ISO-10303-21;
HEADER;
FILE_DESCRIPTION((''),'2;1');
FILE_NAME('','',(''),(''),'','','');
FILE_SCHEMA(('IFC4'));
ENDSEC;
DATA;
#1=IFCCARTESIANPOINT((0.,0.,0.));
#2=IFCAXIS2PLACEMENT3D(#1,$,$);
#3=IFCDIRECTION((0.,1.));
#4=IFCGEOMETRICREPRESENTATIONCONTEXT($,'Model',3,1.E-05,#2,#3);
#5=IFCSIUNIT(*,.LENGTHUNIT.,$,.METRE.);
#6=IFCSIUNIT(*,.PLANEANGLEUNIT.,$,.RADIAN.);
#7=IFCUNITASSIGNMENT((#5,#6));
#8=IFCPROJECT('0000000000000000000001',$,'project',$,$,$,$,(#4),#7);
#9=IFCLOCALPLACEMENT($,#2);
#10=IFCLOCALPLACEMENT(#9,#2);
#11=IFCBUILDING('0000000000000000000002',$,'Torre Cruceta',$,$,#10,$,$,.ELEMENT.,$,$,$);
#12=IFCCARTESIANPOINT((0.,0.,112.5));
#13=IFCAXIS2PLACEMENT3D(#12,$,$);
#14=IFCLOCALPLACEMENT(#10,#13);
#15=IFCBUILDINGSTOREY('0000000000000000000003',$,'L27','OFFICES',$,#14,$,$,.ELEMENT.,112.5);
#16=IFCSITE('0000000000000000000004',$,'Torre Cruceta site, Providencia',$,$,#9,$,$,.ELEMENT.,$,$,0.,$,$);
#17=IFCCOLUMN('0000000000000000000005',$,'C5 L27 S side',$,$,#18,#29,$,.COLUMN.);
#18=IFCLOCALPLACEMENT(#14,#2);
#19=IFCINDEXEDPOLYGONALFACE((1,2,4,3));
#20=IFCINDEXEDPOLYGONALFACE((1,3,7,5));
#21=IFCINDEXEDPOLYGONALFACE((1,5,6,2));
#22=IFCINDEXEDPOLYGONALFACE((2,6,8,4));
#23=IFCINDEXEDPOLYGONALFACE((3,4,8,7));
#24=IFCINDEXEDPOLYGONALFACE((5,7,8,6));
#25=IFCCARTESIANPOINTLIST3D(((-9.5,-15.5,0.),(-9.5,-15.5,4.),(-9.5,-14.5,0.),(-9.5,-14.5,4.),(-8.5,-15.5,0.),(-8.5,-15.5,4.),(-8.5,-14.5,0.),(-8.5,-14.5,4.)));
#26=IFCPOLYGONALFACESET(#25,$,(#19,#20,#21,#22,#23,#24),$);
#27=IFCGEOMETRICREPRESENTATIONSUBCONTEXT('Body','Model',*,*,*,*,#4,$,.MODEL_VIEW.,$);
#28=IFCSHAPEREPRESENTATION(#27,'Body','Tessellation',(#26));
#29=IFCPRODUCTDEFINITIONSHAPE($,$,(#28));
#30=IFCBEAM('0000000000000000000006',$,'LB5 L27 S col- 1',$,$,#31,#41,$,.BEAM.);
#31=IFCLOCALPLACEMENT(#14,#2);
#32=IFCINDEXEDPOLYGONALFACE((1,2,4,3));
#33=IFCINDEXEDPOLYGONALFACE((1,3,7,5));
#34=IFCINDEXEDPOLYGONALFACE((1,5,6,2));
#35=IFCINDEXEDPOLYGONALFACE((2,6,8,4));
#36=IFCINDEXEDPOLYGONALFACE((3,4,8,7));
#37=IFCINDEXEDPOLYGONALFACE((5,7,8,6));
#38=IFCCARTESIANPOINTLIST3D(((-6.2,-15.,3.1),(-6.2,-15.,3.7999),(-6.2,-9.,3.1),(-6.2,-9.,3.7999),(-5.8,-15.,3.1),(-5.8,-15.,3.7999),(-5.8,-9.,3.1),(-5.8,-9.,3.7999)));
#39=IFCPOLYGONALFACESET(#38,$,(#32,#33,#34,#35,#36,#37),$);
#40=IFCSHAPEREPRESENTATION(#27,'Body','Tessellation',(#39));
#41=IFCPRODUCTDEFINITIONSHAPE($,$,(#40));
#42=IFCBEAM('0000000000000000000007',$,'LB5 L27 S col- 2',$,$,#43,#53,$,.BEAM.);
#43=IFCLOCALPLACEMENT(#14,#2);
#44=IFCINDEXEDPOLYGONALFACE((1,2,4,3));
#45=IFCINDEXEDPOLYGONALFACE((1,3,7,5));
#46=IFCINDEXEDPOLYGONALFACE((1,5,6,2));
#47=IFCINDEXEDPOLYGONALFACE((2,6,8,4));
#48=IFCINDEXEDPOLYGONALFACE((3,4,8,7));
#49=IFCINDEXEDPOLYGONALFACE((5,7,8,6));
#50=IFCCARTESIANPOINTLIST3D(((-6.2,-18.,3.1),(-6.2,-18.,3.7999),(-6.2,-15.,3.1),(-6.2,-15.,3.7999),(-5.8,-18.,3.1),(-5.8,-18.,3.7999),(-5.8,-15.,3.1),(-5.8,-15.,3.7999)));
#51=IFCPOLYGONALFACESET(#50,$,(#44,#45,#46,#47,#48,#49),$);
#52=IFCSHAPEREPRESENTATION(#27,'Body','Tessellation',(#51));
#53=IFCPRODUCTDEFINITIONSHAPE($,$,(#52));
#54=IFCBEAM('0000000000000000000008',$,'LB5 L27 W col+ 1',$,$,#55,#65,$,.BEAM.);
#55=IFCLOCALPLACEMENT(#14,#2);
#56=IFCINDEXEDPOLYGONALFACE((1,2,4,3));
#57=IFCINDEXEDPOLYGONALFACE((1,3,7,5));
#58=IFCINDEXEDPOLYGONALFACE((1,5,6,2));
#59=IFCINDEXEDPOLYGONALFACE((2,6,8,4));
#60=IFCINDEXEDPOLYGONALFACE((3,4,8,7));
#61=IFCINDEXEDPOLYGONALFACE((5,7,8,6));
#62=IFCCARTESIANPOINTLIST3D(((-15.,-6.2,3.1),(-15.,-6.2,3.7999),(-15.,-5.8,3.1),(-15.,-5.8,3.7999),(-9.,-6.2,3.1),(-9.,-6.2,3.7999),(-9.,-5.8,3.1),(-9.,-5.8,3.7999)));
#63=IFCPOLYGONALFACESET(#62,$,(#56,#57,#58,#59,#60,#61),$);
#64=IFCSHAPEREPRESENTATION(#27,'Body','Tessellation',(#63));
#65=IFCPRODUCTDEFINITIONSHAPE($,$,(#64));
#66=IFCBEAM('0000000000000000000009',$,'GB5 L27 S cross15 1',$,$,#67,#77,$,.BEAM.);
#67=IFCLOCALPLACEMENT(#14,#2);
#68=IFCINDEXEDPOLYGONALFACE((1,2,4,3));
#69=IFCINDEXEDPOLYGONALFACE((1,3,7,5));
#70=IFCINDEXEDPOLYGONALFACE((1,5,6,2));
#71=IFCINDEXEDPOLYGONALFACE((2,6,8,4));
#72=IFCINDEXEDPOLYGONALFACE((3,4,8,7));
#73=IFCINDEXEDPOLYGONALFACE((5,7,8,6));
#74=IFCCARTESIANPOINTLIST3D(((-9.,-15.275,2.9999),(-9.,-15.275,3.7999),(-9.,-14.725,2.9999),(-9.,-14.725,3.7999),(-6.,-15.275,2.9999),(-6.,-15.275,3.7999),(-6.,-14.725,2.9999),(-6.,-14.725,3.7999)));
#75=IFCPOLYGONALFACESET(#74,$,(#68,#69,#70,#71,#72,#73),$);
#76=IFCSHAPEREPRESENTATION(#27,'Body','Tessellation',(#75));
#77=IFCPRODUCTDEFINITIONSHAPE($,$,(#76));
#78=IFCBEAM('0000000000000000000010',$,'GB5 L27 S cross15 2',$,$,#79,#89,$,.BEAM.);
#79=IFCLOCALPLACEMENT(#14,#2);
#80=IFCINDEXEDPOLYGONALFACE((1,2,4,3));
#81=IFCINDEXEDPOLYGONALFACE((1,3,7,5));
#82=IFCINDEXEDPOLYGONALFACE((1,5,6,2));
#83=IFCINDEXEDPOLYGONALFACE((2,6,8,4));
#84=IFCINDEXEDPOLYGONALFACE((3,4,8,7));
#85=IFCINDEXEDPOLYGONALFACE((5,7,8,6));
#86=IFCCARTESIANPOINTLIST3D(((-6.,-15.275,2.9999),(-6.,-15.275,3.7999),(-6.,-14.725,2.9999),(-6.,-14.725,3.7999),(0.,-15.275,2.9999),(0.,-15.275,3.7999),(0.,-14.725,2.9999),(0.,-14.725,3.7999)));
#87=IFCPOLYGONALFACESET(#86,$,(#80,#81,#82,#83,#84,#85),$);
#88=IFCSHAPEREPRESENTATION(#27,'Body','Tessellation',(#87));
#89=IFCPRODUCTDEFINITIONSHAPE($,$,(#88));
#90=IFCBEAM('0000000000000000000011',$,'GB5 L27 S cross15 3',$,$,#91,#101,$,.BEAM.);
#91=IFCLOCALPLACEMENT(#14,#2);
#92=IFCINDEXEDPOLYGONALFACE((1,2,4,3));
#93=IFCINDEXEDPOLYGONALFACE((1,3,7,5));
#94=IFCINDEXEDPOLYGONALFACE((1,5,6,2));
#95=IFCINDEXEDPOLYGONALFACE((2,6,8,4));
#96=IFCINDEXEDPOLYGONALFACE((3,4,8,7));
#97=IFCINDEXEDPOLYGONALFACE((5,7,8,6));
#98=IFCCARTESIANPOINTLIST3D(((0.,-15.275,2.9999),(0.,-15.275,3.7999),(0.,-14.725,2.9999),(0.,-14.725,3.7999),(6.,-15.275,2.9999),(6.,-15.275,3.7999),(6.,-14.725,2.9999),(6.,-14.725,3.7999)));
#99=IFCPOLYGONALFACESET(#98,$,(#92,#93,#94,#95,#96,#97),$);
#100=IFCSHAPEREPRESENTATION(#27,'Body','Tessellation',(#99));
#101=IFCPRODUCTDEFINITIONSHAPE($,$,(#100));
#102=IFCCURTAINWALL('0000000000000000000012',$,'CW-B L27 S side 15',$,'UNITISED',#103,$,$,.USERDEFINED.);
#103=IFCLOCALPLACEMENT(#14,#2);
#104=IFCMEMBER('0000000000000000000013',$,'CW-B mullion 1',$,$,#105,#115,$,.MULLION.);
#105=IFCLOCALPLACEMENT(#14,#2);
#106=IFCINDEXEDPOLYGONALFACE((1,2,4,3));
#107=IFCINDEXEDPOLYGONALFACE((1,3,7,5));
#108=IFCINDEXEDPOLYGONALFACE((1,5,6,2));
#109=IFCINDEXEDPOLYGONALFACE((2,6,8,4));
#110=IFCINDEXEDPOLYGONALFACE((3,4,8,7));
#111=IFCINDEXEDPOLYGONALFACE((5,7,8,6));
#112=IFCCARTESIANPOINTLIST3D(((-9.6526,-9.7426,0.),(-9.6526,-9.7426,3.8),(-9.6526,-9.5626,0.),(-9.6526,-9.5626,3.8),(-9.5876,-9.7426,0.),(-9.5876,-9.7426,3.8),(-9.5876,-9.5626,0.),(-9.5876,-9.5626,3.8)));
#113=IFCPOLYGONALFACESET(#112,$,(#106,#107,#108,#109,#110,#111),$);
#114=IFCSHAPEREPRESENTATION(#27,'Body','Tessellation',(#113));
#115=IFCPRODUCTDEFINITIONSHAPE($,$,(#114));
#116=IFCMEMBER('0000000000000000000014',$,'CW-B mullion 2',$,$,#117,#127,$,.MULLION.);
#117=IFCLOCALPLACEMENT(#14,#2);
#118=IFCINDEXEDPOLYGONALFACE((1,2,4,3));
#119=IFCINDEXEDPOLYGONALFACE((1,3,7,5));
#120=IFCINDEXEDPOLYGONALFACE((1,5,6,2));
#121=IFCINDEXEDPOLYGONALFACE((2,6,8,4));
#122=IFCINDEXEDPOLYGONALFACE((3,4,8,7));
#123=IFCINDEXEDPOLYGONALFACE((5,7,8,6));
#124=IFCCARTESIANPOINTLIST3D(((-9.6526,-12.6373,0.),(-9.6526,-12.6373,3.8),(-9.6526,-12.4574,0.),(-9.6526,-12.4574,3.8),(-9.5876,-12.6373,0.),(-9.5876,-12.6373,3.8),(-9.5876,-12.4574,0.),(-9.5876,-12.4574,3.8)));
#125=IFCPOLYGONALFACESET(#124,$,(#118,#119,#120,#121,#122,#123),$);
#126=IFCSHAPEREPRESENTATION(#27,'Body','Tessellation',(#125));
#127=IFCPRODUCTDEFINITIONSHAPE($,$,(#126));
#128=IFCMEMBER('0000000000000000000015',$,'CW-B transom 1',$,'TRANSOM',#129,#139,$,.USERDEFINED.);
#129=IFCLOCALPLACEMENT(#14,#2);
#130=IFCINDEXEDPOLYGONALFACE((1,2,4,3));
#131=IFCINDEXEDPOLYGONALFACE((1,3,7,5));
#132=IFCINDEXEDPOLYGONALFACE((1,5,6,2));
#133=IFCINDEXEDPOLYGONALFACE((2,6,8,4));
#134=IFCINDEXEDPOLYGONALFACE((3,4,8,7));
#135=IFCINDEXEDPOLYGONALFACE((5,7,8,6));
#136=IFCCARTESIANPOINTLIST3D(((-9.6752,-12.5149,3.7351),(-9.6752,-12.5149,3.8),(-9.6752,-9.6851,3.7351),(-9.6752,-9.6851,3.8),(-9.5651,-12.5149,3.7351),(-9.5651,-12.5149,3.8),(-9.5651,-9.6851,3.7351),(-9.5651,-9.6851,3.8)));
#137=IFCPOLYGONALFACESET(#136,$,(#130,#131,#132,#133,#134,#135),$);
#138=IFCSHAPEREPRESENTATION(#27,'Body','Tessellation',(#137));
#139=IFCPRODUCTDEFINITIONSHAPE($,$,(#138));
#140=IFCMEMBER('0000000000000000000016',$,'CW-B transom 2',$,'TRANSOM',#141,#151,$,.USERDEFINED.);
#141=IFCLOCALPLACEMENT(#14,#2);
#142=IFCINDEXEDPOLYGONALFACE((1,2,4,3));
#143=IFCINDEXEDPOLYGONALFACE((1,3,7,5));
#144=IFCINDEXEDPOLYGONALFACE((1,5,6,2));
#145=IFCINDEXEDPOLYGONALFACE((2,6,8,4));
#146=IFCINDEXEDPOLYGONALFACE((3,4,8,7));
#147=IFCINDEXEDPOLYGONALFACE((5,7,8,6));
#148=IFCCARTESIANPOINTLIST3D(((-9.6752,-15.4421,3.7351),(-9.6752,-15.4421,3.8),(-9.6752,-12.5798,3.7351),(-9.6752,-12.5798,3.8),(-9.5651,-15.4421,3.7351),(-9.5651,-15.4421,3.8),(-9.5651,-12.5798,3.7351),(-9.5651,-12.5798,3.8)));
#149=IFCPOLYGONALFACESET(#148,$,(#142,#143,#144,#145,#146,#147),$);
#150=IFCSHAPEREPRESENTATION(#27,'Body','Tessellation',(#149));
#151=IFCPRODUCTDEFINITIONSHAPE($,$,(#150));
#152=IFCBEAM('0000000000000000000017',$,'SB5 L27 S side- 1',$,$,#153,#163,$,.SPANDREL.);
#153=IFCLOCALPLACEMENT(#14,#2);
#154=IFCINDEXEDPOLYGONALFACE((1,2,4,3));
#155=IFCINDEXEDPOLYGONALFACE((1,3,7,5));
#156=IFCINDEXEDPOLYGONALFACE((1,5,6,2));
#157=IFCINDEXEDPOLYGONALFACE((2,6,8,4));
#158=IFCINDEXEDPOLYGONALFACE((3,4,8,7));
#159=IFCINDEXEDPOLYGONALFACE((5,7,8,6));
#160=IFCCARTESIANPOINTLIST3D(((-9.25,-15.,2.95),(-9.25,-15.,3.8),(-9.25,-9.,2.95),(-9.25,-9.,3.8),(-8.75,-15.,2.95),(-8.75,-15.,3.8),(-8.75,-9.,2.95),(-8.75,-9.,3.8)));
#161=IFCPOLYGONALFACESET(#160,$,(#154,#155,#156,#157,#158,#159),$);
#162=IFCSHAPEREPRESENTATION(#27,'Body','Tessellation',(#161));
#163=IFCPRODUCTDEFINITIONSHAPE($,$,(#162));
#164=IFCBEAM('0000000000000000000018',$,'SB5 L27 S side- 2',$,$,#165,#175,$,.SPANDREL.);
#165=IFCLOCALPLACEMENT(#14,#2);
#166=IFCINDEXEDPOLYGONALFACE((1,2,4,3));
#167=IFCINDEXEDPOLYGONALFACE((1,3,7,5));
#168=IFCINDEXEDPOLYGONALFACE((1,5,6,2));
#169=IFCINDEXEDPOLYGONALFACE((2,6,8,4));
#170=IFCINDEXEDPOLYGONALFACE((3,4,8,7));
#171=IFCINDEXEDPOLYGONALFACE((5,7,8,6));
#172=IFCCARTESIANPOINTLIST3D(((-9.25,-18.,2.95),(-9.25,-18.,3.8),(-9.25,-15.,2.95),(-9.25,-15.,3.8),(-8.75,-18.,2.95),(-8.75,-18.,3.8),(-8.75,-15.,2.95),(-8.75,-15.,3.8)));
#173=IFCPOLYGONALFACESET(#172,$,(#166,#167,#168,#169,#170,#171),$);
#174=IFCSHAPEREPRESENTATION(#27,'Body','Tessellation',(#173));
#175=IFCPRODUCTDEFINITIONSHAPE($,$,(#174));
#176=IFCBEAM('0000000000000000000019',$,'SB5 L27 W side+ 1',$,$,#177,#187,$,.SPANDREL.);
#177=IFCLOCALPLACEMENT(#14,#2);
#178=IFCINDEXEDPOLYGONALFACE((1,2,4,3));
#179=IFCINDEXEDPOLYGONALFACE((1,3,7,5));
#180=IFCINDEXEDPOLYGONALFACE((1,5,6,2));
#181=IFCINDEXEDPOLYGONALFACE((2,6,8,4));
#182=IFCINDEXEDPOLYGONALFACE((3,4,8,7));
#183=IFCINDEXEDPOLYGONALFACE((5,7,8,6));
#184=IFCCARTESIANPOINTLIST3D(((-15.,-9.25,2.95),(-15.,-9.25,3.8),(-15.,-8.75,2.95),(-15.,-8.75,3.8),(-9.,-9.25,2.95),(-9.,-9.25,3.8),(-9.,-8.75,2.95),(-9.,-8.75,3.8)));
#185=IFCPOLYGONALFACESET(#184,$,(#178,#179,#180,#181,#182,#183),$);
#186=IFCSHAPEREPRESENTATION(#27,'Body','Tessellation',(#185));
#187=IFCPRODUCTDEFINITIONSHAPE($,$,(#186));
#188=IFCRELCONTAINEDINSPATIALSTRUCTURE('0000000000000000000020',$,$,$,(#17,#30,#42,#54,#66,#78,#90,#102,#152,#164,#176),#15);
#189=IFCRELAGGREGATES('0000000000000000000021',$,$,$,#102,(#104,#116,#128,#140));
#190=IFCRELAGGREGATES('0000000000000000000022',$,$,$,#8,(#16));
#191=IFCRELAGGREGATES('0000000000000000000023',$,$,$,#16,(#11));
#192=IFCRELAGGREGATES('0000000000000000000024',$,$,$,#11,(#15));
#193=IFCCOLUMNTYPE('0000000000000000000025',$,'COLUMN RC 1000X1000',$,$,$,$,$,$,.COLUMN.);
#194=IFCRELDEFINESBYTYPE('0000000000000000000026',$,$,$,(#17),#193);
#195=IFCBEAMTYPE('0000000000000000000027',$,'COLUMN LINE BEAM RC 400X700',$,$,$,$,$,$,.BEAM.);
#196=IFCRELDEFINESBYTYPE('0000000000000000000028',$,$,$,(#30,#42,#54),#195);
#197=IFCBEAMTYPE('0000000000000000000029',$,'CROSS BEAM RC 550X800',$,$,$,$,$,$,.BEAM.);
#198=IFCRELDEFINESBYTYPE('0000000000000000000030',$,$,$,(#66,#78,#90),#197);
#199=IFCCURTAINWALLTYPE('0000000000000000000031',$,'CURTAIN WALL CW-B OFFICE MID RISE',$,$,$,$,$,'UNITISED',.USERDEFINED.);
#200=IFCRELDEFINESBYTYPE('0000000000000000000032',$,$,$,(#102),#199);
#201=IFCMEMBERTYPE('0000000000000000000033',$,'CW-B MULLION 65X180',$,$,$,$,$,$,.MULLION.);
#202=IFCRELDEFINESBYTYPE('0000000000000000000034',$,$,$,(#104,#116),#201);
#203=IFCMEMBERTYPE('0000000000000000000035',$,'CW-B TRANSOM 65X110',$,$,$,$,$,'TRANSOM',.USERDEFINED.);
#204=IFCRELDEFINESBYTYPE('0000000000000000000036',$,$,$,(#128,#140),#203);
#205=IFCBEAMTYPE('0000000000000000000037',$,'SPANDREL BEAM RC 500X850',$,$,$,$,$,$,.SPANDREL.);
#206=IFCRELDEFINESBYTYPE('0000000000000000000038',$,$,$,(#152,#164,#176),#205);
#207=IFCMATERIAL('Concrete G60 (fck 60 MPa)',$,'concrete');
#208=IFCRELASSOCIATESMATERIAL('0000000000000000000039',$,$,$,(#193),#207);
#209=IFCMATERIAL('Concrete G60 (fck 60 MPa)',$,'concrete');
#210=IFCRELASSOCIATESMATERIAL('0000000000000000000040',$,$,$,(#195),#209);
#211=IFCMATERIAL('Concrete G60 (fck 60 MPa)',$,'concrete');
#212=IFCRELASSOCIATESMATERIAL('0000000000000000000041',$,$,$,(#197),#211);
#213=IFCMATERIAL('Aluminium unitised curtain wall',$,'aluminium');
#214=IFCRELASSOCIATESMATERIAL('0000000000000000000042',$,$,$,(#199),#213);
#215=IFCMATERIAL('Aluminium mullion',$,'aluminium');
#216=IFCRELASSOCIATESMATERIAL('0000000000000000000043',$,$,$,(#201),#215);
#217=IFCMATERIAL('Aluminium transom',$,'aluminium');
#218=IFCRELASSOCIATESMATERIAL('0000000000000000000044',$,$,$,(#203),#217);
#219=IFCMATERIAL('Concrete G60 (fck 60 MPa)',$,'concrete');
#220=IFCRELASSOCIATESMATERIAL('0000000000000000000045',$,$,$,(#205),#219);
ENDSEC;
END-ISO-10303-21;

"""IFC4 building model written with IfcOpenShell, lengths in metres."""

from ifc_helpers import new_model, si_unit, direction, frame, origin, origin_2d, place, context, subcontext, project, spatial, rectangle, extrude, material, material_profile, profile_set, type_object, element, aggregate, save


model = new_model("IFC4")

# Units and contexts
model_context = context("Model", 3, precision=1e-05, world=origin(), true_north=direction((0.0, 1.0)))
body_context = subcontext(model_context, "Body", "Model", "MODEL_VIEW")
ifc_project = project(units=[si_unit("LENGTHUNIT", "METRE"), si_unit("PLANEANGLEUNIT", "RADIAN")], contexts=[model_context])

# Site, building, storey
site_placement = place(None, origin())
site = spatial("IfcSite", under=ifc_project, at=site_placement, Name="Torre Cruceta site, Providencia", CompositionType="ELEMENT", RefElevation=0.0)
building_placement = place(site_placement, origin())
building = spatial("IfcBuilding", under=site, at=building_placement, Name="Torre Cruceta", CompositionType="ELEMENT")
storey_placement = place(building_placement, frame((0.0, 0.0, 112.5)))
storey = spatial("IfcBuildingStorey", under=building, at=storey_placement, Name="L27", Description="OFFICES", CompositionType="ELEMENT", Elevation=112.5)

# Column
ifc_material_1 = material(Name="Concrete G60 (fck 60 MPa)", Category="concrete")
ifc_material_profile_1 = material_profile(ifc_material_1, rectangle(XDim=1.0, YDim=1.0, at=origin_2d()), Name="RC 1000X1000")
ifc_profile_set_1 = profile_set([ifc_material_profile_1], Name="Concrete G60 (fck 60 MPa)")
column_type = type_object("IfcColumnType", Name="COLUMN RC 1000X1000", PredefinedType="COLUMN", material=ifc_profile_set_1)
column_placement = place(storey_placement, frame((-9.0, -15.0, 0.0), z_axis=(0.0, 0.0, 1.0), x_axis=(1.0, 0.0, 0.0)))
element("IfcColumn", 1, at=column_placement, inside=storey, type_object=column_type, Name="C5 L27 S side", PredefinedType="COLUMN", context=body_context, shape_type="SweptSolid", body=[
    extrude(rectangle(XDim=1.0, YDim=1.0, at=origin_2d()), origin(), (0.0, 0.0, 1.0), 4.0),
])

# Beams
ifc_material_2 = material(Name="Concrete G60 (fck 60 MPa)", Category="concrete")
ifc_material_profile_2 = material_profile(ifc_material_2, rectangle(XDim=0.3999, YDim=0.7, at=origin_2d()), Name="RC 400X700")
ifc_profile_set_2 = profile_set([ifc_material_profile_2], Name="Concrete G60 (fck 60 MPa)")
beam_type_1 = type_object("IfcBeamType", Name="COLUMN LINE BEAM RC 400X700", PredefinedType="BEAM", material=ifc_profile_set_2)
beam_1_placement = place(storey_placement, frame((-6.0, -9.0, 3.45), z_axis=(0.0, -1.0, 0.0), x_axis=(1.0, 0.0, 0.0)))
element("IfcBeam", 2, at=beam_1_placement, inside=storey, type_object=beam_type_1, Name="LB5 L27 S col- 1", PredefinedType="BEAM", context=body_context, shape_type="SweptSolid", body=[
    extrude(rectangle(XDim=0.3999, YDim=0.7, at=origin_2d()), origin(), (0.0, 0.0, 1.0), 6.0),
])
beam_2_placement = place(storey_placement, frame((-6.0, -15.0, 3.45), z_axis=(0.0, -1.0, 0.0), x_axis=(1.0, 0.0, 0.0)))
element("IfcBeam", 3, at=beam_2_placement, inside=storey, type_object=beam_type_1, Name="LB5 L27 S col- 2", PredefinedType="BEAM", context=body_context, shape_type="SweptSolid", body=[
    extrude(rectangle(XDim=0.3999, YDim=0.7, at=origin_2d()), origin(), (0.0, 0.0, 1.0), 3.0),
])
beam_3_placement = place(storey_placement, frame((-9.0, -6.0, 3.45), z_axis=(-1.0, 0.0, 0.0), x_axis=(0.0, -1.0, 0.0)))
element("IfcBeam", 4, at=beam_3_placement, inside=storey, type_object=beam_type_1, Name="LB5 L27 W col+ 1", PredefinedType="BEAM", context=body_context, shape_type="SweptSolid", body=[
    extrude(rectangle(XDim=0.3999, YDim=0.7, at=origin_2d()), origin(), (0.0, 0.0, 1.0), 6.0),
])
ifc_material_3 = material(Name="Concrete G60 (fck 60 MPa)", Category="concrete")
ifc_material_profile_3 = material_profile(ifc_material_3, rectangle(XDim=0.55, YDim=0.8, at=origin_2d()), Name="RC 550X800")
ifc_profile_set_3 = profile_set([ifc_material_profile_3], Name="Concrete G60 (fck 60 MPa)")
beam_type_2 = type_object("IfcBeamType", Name="CROSS BEAM RC 550X800", PredefinedType="BEAM", material=ifc_profile_set_3)
beam_4_placement = place(storey_placement, frame((-9.0, -15.0, 3.3999), z_axis=(1.0, 0.0, 0.0), x_axis=(0.0, 1.0, 0.0)))
element("IfcBeam", 5, at=beam_4_placement, inside=storey, type_object=beam_type_2, Name="GB5 L27 S cross15 1", PredefinedType="BEAM", context=body_context, shape_type="SweptSolid", body=[
    extrude(rectangle(XDim=0.55, YDim=0.8, at=origin_2d()), origin(), (0.0, 0.0, 1.0), 3.0),
])
for number, where, z_axis, x_axis, name in (
    (6, (-6.0, -15.0, 3.3999), (1.0, 0.0, 0.0), (0.0, 1.0, 0.0), "GB5 L27 S cross15 2"),
    (7, (0.0, -15.0, 3.3999), (1.0, 0.0, 0.0), (0.0, 1.0, 0.0), "GB5 L27 S cross15 3"),
):
    element("IfcBeam", number, at=place(storey_placement, frame(where, z_axis=z_axis, x_axis=x_axis)), inside=storey, type_object=beam_type_2, Name=name, PredefinedType="BEAM", context=body_context, shape_type="SweptSolid", body=[
        extrude(rectangle(XDim=0.55, YDim=0.8, at=origin_2d()), origin(), (0.0, 0.0, 1.0), 6.0),
    ])

# Curtain wall, members
ifc_material_4 = material(Name="Aluminium unitised curtain wall", Category="aluminium")
curtain_wall_type = type_object("IfcCurtainWallType", Name="CURTAIN WALL CW-B OFFICE MID RISE", ElementType="UNITISED", PredefinedType="USERDEFINED", material=ifc_material_4)
curtain_wall_placement = place(storey_placement, origin())
curtain_wall = element("IfcCurtainWall", 8, at=curtain_wall_placement, inside=storey, type_object=curtain_wall_type, Name="CW-B L27 S side 15", ObjectType="UNITISED", PredefinedType="USERDEFINED")
ifc_material_5 = material(Name="Aluminium mullion", Category="aluminium")
ifc_material_profile_4 = material_profile(ifc_material_5, rectangle(XDim=0.0649, YDim=0.1799, at=origin_2d()), Name="AL 65X180")
ifc_profile_set_4 = profile_set([ifc_material_profile_4], Name="Aluminium mullion")
member_type_1 = type_object("IfcMemberType", Name="CW-B MULLION 65X180", PredefinedType="MULLION", material=ifc_profile_set_4)
member_1_placement = place(storey_placement, frame((-9.6201, -9.6526, 0.0), z_axis=(0.0, 0.0, 1.0), x_axis=(1.0, 0.0, 0.0)))
member_1 = element("IfcMember", 9, at=member_1_placement, type_object=member_type_1, Name="CW-B mullion 1", PredefinedType="MULLION", context=body_context, shape_type="SweptSolid", body=[
    extrude(rectangle(XDim=0.0649, YDim=0.1799, at=origin_2d()), origin(), (0.0, 0.0, 1.0), 3.8),
])
member_2_placement = place(storey_placement, frame((-9.6201, -12.5474, 0.0), z_axis=(0.0, 0.0, 1.0), x_axis=(1.0, 0.0, 0.0)))
member_2 = element("IfcMember", 10, at=member_2_placement, type_object=member_type_1, Name="CW-B mullion 2", PredefinedType="MULLION", context=body_context, shape_type="SweptSolid", body=[
    extrude(rectangle(XDim=0.0649, YDim=0.1799, at=origin_2d()), origin(), (0.0, 0.0, 1.0), 3.8),
])
ifc_material_6 = material(Name="Aluminium transom", Category="aluminium")
ifc_material_profile_5 = material_profile(ifc_material_6, rectangle(XDim=0.1101, YDim=0.0649, at=origin_2d()), Name="AL 110X65")
ifc_profile_set_5 = profile_set([ifc_material_profile_5], Name="Aluminium transom")
member_type_2 = type_object("IfcMemberType", Name="CW-B TRANSOM 65X110", ElementType="TRANSOM", PredefinedType="USERDEFINED", material=ifc_profile_set_5)
member_3_placement = place(storey_placement, frame((-9.6201, -9.6851, 3.7676), z_axis=(0.0, -1.0, 0.0), x_axis=(1.0, 0.0, 0.0)))
member_3 = element("IfcMember", 11, at=member_3_placement, type_object=member_type_2, Name="CW-B transom 1", ObjectType="TRANSOM", PredefinedType="USERDEFINED", context=body_context, shape_type="SweptSolid", body=[
    extrude(rectangle(XDim=0.1101, YDim=0.0649, at=origin_2d()), origin(), (0.0, 0.0, 1.0), 2.8298),
])
member_4_placement = place(storey_placement, frame((-9.6201, -12.5798, 3.7676), z_axis=(0.0, -1.0, 0.0), x_axis=(1.0, 0.0, 0.0)))
member_4 = element("IfcMember", 12, at=member_4_placement, type_object=member_type_2, Name="CW-B transom 2", ObjectType="TRANSOM", PredefinedType="USERDEFINED", context=body_context, shape_type="SweptSolid", body=[
    extrude(rectangle(XDim=0.1101, YDim=0.0649, at=origin_2d()), origin(), (0.0, 0.0, 1.0), 2.8623),
])

# Beams
ifc_material_7 = material(Name="Concrete G60 (fck 60 MPa)", Category="concrete")
ifc_material_profile_6 = material_profile(ifc_material_7, rectangle(XDim=0.5, YDim=0.8501, at=origin_2d()), Name="RC 500X850")
ifc_profile_set_6 = profile_set([ifc_material_profile_6], Name="Concrete G60 (fck 60 MPa)")
beam_type_3 = type_object("IfcBeamType", Name="SPANDREL BEAM RC 500X850", PredefinedType="SPANDREL", material=ifc_profile_set_6)
beam_5_placement = place(storey_placement, frame((-9.0, -9.0, 3.375), z_axis=(0.0, -1.0, 0.0), x_axis=(1.0, 0.0, 0.0)))
element("IfcBeam", 13, at=beam_5_placement, inside=storey, type_object=beam_type_3, Name="SB5 L27 S side- 1", PredefinedType="SPANDREL", context=body_context, shape_type="SweptSolid", body=[
    extrude(rectangle(XDim=0.5, YDim=0.8501, at=origin_2d()), origin(), (0.0, 0.0, 1.0), 6.0),
])
beam_6_placement = place(storey_placement, frame((-9.0, -15.0, 3.375), z_axis=(0.0, -1.0, 0.0), x_axis=(1.0, 0.0, 0.0)))
element("IfcBeam", 14, at=beam_6_placement, inside=storey, type_object=beam_type_3, Name="SB5 L27 S side- 2", PredefinedType="SPANDREL", context=body_context, shape_type="SweptSolid", body=[
    extrude(rectangle(XDim=0.5, YDim=0.8501, at=origin_2d()), origin(), (0.0, 0.0, 1.0), 3.0),
])
beam_7_placement = place(storey_placement, frame((-9.0, -9.0, 3.375), z_axis=(-1.0, 0.0, 0.0), x_axis=(0.0, -1.0, 0.0)))
element("IfcBeam", 15, at=beam_7_placement, inside=storey, type_object=beam_type_3, Name="SB5 L27 W side+ 1", PredefinedType="SPANDREL", context=body_context, shape_type="SweptSolid", body=[
    extrude(rectangle(XDim=0.5, YDim=0.8501, at=origin_2d()), origin(), (0.0, 0.0, 1.0), 6.0),
])

aggregate(curtain_wall, [member_1, member_2, member_3, member_4])

save(model, "model.ifc")
